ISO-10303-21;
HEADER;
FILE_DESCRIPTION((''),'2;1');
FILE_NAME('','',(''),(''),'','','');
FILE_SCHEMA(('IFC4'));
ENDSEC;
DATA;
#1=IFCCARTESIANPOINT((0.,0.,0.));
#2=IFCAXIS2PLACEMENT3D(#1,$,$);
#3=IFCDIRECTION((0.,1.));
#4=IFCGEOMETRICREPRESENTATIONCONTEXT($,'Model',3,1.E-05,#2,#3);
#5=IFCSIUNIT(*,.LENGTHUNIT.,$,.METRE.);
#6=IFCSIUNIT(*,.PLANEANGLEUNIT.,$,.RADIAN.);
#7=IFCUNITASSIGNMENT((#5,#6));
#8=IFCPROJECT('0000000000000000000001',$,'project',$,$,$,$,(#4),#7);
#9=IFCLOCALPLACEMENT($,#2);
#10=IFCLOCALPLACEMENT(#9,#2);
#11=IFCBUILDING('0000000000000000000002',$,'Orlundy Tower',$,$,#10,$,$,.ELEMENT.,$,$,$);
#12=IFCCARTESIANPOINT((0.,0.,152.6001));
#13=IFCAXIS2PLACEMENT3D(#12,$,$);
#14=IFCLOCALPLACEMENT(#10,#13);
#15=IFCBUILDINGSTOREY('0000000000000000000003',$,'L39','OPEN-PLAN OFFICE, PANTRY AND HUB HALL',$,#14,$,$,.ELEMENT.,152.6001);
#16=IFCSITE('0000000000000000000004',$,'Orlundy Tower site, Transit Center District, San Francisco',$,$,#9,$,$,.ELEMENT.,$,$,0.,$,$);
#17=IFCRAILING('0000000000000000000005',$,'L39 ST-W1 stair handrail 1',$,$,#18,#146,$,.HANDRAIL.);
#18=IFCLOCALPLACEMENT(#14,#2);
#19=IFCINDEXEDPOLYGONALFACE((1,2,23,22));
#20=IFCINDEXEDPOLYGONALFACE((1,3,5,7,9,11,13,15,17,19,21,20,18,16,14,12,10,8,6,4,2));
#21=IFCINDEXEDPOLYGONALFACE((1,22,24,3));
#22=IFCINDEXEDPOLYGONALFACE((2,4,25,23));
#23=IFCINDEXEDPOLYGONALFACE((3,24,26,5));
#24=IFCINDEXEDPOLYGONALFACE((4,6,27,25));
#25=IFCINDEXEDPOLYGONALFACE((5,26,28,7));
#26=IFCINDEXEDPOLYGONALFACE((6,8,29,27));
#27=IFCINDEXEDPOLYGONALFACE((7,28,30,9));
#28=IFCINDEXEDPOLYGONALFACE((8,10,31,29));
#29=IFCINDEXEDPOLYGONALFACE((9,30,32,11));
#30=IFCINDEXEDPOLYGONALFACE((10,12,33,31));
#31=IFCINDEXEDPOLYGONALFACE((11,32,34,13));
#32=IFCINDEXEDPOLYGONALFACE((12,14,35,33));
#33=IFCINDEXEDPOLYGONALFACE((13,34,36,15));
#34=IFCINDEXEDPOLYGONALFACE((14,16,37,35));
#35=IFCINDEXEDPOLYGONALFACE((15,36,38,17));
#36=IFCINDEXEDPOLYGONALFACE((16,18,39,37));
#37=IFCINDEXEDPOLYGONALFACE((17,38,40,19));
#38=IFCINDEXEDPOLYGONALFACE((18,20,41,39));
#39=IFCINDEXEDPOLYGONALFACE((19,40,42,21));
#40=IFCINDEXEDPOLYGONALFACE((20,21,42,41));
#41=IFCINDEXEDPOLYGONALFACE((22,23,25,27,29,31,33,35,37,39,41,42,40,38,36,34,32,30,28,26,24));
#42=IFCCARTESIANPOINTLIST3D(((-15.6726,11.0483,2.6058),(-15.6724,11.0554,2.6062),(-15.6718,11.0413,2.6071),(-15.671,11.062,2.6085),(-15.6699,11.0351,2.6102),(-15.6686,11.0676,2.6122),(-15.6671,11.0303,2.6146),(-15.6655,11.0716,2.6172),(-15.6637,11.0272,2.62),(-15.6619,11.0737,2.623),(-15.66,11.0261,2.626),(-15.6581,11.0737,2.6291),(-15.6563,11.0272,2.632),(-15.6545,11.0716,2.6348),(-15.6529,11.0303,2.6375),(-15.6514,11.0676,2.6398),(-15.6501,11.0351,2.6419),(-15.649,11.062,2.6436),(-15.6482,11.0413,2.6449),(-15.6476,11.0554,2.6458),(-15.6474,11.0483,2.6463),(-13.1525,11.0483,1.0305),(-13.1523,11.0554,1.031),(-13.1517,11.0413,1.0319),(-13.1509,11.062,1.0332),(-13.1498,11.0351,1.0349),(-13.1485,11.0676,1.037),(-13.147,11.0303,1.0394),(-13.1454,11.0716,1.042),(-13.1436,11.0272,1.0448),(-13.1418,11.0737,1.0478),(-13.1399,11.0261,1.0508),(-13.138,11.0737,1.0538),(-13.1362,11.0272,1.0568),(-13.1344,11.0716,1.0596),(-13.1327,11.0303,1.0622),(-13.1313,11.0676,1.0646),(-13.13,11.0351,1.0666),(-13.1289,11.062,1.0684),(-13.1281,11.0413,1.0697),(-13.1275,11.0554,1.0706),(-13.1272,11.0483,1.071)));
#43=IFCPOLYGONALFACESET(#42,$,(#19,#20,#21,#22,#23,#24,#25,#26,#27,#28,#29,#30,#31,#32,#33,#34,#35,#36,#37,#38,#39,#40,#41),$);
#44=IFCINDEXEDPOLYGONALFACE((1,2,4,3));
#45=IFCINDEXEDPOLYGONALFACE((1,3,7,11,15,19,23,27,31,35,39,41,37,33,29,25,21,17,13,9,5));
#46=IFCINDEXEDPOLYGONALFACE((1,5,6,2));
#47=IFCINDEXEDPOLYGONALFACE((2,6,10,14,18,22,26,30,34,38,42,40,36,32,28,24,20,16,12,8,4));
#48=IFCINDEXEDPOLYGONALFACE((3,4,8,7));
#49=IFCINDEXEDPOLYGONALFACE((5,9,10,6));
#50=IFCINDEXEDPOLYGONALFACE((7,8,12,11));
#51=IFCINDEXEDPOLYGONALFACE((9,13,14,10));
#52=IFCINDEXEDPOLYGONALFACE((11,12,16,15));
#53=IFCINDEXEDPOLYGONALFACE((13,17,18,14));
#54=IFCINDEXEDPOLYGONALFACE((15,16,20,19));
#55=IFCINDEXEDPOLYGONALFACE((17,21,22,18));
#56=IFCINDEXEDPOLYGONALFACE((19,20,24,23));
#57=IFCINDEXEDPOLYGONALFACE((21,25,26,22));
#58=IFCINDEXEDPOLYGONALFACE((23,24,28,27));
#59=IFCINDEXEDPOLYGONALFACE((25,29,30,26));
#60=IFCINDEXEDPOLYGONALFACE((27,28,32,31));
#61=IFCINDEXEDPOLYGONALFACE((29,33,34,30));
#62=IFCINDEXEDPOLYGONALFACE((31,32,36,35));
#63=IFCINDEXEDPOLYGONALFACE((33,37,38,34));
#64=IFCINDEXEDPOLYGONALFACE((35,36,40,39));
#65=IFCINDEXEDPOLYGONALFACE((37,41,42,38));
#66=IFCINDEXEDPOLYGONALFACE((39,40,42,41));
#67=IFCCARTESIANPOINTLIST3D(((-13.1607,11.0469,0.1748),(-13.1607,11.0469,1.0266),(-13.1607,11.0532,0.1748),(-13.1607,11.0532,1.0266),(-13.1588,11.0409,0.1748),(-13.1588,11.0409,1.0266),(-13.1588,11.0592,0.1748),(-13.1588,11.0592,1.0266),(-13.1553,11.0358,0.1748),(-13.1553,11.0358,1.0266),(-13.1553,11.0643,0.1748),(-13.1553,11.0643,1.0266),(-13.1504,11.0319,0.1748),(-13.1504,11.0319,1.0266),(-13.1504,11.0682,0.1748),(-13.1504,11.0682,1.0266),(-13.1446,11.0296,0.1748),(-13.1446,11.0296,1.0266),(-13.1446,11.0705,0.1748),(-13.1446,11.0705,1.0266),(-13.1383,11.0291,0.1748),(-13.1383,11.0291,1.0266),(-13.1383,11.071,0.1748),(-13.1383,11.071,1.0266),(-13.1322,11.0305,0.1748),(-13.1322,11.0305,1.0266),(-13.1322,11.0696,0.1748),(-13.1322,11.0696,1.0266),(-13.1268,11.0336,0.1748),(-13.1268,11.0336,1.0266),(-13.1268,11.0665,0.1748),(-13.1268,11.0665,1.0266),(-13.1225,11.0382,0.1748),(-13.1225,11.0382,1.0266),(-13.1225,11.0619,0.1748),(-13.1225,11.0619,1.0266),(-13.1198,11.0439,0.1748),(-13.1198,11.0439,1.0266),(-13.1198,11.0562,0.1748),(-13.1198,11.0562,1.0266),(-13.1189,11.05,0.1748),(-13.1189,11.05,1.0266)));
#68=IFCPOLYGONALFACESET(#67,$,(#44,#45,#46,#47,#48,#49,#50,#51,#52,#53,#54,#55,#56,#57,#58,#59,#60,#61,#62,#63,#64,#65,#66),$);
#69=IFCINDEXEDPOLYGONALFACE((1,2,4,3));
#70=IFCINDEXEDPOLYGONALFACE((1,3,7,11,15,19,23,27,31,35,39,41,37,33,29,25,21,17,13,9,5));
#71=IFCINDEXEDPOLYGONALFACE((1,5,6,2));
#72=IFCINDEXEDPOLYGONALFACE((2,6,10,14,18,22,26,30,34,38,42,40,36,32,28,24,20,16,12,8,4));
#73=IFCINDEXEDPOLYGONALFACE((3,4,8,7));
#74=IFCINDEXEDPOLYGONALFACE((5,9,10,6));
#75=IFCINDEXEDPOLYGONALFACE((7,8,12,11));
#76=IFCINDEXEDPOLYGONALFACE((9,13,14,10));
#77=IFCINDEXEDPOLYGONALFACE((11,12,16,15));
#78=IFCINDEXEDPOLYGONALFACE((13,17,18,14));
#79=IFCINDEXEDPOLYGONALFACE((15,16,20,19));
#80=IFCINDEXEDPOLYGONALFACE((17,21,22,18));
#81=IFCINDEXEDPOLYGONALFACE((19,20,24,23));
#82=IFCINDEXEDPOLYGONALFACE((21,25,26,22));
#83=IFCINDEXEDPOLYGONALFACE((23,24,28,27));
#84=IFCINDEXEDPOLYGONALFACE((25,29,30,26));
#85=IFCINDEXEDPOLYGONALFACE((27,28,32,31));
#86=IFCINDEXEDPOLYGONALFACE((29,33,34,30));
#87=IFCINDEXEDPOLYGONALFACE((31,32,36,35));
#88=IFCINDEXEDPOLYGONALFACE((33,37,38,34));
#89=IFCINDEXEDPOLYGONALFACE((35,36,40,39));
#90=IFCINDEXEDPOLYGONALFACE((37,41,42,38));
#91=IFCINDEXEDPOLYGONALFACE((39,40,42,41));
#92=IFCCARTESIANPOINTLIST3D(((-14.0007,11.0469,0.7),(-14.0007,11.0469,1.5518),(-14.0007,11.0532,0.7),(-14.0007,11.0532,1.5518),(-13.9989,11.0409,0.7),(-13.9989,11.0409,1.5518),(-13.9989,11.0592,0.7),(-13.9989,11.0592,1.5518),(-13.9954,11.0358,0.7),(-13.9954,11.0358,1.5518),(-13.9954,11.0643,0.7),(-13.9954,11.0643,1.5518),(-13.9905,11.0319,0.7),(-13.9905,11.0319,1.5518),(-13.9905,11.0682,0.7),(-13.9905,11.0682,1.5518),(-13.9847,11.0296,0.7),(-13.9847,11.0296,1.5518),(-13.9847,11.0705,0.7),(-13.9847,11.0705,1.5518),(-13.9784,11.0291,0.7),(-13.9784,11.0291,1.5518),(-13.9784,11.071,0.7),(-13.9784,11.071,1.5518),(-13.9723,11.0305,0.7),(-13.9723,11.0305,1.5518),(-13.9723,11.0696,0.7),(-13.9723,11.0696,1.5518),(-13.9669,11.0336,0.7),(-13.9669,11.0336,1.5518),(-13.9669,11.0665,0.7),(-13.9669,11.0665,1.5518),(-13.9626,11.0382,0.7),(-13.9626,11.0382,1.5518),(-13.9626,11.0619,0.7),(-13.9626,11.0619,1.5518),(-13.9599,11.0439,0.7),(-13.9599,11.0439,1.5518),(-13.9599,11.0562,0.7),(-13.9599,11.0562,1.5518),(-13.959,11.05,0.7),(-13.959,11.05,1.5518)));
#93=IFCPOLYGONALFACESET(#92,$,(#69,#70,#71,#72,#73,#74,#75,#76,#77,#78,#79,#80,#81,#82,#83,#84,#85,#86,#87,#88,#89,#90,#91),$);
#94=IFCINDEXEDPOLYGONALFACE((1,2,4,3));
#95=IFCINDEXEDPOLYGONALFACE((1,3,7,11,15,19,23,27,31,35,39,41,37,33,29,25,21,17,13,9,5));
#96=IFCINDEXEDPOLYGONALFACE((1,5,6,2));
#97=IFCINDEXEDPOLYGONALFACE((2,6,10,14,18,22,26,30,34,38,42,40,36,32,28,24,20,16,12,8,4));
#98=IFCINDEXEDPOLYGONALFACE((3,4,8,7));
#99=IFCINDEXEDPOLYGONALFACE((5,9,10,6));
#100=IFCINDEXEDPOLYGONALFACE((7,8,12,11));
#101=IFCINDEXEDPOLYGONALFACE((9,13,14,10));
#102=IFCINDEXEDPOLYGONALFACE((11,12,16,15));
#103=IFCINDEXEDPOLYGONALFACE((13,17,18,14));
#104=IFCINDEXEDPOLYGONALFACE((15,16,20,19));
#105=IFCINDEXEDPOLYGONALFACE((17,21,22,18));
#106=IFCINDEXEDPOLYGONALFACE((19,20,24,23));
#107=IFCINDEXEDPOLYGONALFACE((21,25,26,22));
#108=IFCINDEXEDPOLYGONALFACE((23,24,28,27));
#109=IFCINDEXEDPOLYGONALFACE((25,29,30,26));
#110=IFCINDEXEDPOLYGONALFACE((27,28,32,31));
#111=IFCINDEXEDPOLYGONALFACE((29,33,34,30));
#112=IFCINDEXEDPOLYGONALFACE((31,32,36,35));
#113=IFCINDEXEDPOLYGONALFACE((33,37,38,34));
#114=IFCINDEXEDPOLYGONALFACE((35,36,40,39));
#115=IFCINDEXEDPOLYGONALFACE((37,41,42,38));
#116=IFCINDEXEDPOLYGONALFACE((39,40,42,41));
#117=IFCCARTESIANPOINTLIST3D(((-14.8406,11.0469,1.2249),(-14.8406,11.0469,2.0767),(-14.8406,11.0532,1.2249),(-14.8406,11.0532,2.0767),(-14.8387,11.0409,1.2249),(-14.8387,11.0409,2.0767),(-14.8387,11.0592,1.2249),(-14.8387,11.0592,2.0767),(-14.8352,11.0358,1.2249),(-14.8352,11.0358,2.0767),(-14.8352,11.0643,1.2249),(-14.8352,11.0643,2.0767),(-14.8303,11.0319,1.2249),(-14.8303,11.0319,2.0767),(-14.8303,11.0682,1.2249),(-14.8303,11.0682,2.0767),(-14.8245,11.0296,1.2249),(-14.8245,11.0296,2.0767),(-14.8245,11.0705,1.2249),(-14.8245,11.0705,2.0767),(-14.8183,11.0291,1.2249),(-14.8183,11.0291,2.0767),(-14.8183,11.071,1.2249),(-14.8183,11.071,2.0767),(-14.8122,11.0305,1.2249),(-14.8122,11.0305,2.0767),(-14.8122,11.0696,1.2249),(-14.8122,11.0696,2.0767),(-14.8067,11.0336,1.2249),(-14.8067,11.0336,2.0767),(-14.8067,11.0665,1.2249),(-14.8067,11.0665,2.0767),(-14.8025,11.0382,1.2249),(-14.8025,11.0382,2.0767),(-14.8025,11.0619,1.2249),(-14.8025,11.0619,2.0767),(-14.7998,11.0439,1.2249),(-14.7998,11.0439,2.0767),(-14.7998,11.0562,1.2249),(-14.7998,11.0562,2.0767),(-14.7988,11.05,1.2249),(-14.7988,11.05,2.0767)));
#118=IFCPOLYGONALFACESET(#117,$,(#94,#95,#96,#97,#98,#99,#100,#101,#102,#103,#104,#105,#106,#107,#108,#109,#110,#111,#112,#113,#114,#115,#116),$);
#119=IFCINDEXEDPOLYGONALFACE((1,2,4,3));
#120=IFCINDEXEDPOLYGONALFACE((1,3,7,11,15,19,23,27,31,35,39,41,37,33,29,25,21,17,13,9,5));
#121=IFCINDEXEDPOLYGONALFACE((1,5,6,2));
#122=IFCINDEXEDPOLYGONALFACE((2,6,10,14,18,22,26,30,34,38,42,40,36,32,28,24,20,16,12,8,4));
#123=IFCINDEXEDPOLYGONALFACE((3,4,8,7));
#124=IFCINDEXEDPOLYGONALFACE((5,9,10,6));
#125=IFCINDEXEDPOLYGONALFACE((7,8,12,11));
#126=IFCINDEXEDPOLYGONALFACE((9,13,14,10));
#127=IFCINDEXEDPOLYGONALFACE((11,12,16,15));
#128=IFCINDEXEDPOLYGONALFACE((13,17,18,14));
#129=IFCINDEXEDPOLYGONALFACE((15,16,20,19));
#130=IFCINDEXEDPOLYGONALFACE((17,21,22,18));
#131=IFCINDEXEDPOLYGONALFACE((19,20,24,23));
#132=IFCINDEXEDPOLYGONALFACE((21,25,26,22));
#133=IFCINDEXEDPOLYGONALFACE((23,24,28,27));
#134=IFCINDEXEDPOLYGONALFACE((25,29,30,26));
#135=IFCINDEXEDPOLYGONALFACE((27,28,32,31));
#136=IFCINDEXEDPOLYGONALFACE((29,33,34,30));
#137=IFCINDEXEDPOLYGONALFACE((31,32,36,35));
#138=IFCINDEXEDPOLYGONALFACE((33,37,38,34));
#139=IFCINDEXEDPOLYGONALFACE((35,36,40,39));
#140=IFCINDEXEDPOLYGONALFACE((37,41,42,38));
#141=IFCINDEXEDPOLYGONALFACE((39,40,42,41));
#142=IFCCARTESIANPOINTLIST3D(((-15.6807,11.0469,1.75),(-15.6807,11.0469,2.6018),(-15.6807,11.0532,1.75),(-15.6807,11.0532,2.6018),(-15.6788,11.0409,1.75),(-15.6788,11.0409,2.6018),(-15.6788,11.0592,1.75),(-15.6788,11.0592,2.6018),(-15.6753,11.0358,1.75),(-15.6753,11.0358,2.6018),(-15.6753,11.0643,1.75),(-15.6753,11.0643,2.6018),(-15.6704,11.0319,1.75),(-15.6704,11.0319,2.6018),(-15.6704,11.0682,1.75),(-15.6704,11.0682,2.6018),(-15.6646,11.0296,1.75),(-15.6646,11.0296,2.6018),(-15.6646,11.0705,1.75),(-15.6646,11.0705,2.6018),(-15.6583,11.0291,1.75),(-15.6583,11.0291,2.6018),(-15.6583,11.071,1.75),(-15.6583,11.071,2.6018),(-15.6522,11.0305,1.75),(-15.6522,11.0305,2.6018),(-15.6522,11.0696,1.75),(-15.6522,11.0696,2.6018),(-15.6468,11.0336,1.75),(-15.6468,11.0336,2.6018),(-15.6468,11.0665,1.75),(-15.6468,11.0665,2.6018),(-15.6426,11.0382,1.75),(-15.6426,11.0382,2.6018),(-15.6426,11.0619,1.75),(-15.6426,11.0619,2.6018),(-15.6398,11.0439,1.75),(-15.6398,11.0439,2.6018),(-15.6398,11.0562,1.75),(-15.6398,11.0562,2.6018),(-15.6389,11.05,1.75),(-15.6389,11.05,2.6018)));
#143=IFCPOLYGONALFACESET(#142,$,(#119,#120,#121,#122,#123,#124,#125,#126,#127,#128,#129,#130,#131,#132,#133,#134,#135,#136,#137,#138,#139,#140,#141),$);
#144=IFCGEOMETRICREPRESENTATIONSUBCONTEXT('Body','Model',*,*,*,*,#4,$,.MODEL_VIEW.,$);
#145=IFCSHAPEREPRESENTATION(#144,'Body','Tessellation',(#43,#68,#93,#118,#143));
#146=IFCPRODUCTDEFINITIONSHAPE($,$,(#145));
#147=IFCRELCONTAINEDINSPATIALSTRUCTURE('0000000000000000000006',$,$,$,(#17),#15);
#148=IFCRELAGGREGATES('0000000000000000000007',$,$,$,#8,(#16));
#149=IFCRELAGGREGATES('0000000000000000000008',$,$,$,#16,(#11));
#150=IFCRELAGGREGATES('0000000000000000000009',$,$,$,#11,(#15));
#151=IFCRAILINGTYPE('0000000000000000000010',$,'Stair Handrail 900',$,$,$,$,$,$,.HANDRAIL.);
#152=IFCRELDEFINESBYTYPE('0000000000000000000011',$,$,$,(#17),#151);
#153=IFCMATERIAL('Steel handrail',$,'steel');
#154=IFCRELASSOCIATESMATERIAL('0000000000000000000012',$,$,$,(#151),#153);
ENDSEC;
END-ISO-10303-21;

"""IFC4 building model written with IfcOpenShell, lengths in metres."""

from ifc_helpers import new_model, si_unit, direction, frame, origin, origin_2d, place, context, subcontext, project, spatial, circle, extrude, material, type_object, element, save


model = new_model("IFC4")

# Units and contexts
model_context = context("Model", 3, precision=1e-05, world=origin(), true_north=direction((0.0, 1.0)))
body_context = subcontext(model_context, "Body", "Model", "MODEL_VIEW")
ifc_project = project(units=[si_unit("LENGTHUNIT", "METRE"), si_unit("PLANEANGLEUNIT", "RADIAN")], contexts=[model_context])

# Site, building, storey
site_placement = place(None, origin())
site = spatial("IfcSite", under=ifc_project, at=site_placement, Name="Orlundy Tower site, Transit Center District, San Francisco", CompositionType="ELEMENT", RefElevation=0.0)
building_placement = place(site_placement, origin())
building = spatial("IfcBuilding", under=site, at=building_placement, Name="Orlundy Tower", CompositionType="ELEMENT")
storey_placement = place(building_placement, frame((0.0, 0.0, 152.6001)))
storey = spatial("IfcBuildingStorey", under=building, at=storey_placement, Name="L39", Description="OPEN-PLAN OFFICE, PANTRY AND HUB HALL", CompositionType="ELEMENT", Elevation=152.6001)

# Railing
ifc_material_1 = material(Name="Steel handrail", Category="steel")
railing_type_1 = type_object("IfcRailingType", Name="Stair Handrail 900", PredefinedType="HANDRAIL", material=ifc_material_1)
railing_1_placement = place(storey_placement, frame((-13.1399, 11.05, 0.1748)))
element("IfcRailing", 1, at=railing_1_placement, inside=storey, type_object=railing_type_1, Name="L39 ST-W1 stair handrail 1", PredefinedType="HANDRAIL", context=body_context, shape_type="SweptSolid", body=[
    extrude(circle(Radius=0.0239, at=origin_2d()), frame((0.0, 0.0, 0.876), z_axis=(-0.847971, 0.0, 0.530043), x_axis=(0.0, -1.0, 0.0)), (0.0, 0.0, 1.0), 2.9719),
    extrude(circle(Radius=0.021, at=origin_2d()), origin(), (0.0, 0.0, 1.0), 0.8518),
    extrude(circle(Radius=0.021, at=origin_2d()), frame((-0.8401, 0.0, 0.5251)), (0.0, 0.0, 1.0), 0.8518),
    extrude(circle(Radius=0.021, at=origin_2d()), frame((-1.6799, 0.0, 1.05)), (0.0, 0.0, 1.0), 0.8518),
    extrude(circle(Radius=0.021, at=origin_2d()), frame((-2.52, 0.0, 1.5752)), (0.0, 0.0, 1.0), 0.8518),
])

save(model, "model.ifc")
